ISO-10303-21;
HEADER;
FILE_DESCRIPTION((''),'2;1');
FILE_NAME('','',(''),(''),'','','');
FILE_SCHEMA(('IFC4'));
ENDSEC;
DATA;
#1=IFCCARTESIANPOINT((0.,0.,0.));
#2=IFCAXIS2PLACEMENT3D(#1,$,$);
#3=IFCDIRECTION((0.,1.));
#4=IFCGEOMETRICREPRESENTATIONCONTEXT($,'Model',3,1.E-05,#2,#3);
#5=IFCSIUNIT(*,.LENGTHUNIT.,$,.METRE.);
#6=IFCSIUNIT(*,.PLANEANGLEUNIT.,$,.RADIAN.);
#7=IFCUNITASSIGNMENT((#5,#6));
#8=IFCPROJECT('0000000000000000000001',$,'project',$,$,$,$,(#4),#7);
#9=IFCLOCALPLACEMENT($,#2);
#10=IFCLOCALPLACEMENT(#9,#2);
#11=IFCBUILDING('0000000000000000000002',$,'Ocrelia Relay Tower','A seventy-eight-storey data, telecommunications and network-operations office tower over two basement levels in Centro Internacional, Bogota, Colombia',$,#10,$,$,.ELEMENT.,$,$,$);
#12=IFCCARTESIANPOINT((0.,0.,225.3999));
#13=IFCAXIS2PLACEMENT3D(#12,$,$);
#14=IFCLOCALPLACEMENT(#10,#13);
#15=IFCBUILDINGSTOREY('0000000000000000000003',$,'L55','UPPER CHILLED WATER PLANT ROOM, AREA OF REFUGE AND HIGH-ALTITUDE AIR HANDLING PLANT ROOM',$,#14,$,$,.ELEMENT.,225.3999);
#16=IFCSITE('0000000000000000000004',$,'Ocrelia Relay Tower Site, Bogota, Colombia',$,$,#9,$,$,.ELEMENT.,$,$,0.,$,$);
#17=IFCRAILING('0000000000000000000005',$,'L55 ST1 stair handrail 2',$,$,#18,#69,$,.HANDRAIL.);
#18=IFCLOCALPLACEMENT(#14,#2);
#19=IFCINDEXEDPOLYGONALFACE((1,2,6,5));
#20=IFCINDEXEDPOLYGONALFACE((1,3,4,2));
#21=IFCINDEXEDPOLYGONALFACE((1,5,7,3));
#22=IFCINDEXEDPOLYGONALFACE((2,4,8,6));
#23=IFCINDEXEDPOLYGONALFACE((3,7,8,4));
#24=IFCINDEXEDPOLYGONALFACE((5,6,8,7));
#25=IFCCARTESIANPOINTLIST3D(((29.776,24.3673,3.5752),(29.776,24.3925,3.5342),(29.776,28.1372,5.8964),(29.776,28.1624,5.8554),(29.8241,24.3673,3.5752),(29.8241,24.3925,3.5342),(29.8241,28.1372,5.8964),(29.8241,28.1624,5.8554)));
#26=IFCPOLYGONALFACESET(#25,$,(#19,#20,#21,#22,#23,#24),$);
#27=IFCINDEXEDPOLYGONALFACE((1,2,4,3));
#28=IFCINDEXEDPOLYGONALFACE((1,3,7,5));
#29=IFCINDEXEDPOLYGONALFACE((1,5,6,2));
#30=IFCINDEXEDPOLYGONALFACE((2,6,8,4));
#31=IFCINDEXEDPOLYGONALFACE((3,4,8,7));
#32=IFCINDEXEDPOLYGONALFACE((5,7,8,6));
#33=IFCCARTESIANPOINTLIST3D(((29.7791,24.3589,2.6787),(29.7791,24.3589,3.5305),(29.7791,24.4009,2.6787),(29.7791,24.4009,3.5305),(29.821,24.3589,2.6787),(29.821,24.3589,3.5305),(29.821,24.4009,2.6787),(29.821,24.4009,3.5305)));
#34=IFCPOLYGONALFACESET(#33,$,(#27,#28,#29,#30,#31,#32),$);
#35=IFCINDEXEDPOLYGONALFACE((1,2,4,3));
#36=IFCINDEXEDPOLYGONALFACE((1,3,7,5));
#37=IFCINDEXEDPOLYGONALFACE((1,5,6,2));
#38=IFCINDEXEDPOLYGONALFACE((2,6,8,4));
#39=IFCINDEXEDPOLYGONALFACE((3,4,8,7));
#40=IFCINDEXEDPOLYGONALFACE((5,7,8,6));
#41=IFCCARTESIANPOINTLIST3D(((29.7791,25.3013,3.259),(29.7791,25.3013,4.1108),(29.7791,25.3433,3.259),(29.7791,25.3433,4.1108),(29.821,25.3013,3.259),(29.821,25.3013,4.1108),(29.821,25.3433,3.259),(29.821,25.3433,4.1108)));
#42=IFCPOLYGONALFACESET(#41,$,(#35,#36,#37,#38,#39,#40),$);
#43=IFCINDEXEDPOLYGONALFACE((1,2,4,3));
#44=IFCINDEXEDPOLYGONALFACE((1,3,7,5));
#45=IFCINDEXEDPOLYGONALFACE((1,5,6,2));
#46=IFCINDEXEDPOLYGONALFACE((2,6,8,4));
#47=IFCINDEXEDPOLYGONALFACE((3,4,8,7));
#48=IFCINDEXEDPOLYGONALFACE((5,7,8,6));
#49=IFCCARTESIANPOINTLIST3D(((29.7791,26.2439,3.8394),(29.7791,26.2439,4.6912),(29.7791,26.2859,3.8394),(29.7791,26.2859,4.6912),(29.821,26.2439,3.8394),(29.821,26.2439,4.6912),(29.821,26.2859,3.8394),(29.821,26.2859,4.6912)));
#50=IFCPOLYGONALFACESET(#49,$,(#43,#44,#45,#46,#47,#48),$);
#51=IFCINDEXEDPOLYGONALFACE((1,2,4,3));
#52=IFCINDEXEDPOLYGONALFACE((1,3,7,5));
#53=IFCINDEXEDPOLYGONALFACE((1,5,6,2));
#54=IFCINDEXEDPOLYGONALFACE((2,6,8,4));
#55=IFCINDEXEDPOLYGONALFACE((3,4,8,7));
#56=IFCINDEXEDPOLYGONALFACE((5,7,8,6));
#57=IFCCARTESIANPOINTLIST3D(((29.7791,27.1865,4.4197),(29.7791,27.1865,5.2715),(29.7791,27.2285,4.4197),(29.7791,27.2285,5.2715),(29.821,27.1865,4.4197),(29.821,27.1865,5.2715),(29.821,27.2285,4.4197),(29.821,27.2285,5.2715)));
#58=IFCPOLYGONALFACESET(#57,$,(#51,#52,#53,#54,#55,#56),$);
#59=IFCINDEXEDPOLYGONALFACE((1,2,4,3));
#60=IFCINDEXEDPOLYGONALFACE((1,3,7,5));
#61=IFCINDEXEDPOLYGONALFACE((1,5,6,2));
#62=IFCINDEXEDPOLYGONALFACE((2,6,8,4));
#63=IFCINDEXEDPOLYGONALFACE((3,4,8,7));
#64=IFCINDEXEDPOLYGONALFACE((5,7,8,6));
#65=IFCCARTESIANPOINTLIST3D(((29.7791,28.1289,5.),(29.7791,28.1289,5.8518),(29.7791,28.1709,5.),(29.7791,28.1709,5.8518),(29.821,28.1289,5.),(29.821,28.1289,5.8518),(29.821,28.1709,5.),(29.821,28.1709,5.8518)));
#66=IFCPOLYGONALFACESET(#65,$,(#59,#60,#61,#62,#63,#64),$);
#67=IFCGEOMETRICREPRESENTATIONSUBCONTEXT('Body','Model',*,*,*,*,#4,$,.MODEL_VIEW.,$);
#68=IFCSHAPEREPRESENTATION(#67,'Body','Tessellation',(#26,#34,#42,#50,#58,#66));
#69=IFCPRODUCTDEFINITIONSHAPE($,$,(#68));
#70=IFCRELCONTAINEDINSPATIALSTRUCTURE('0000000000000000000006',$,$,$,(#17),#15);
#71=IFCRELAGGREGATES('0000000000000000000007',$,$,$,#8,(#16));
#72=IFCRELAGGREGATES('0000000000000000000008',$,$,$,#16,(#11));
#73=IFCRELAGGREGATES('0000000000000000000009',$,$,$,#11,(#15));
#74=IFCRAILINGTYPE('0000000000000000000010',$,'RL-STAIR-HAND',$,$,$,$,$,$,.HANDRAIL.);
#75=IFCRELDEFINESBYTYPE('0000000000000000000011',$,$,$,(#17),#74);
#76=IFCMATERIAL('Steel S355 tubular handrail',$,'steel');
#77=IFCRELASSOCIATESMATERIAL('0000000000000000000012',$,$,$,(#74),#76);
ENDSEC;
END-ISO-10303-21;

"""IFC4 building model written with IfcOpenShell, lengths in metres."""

from ifc_helpers import new_model, si_unit, direction, frame, origin, origin_2d, place, context, subcontext, project, spatial, rectangle, extrude, material, type_object, element, save


model = new_model("IFC4")

# Units and contexts
model_context = context("Model", 3, precision=1e-05, world=origin(), true_north=direction((0.0, 1.0)))
body_context = subcontext(model_context, "Body", "Model", "MODEL_VIEW")
ifc_project = project(units=[si_unit("LENGTHUNIT", "METRE"), si_unit("PLANEANGLEUNIT", "RADIAN")], contexts=[model_context])

# Site, building, storey
site_placement = place(None, origin())
site = spatial("IfcSite", under=ifc_project, at=site_placement, Name="Ocrelia Relay Tower Site, Bogota, Colombia", CompositionType="ELEMENT", RefElevation=0.0)
building_placement = place(site_placement, origin())
building = spatial("IfcBuilding", under=site, at=building_placement, Name="Ocrelia Relay Tower", Description="A seventy-eight-storey data, telecommunications and network-operations office tower over two basement levels in Centro Internacional, Bogota, Colombia", CompositionType="ELEMENT")
storey_placement = place(building_placement, frame((0.0, 0.0, 225.3999)))
storey = spatial("IfcBuildingStorey", under=building, at=storey_placement, Name="L55", Description="UPPER CHILLED WATER PLANT ROOM, AREA OF REFUGE AND HIGH-ALTITUDE AIR HANDLING PLANT ROOM", CompositionType="ELEMENT", Elevation=225.3999)

# Railing
ifc_material_1 = material(Name="Steel S355 tubular handrail", Category="steel")
railing_type_1 = type_object("IfcRailingType", Name="RL-STAIR-HAND", PredefinedType="HANDRAIL", material=ifc_material_1)
railing_1_placement = place(storey_placement, frame((29.8, 24.3799, 2.6787)))
element("IfcRailing", 1, at=railing_1_placement, inside=storey, type_object=railing_type_1, Name="L55 ST1 stair handrail 2", PredefinedType="HANDRAIL", context=body_context, shape_type="SweptSolid", body=[
    extrude(rectangle(XDim=0.0481, YDim=0.0481, at=origin_2d()), frame((0.0, 0.0, 0.876), z_axis=(0.0, 0.85153, 0.524307), x_axis=(-1.0, 0.0, 0.0)), (0.0, 0.0, 1.0), 4.4272),
    extrude(rectangle(XDim=0.042, YDim=0.042, at=origin_2d()), origin(), (0.0, 0.0, 1.0), 0.8518),
    extrude(rectangle(XDim=0.042, YDim=0.042, at=origin_2d()), frame((0.0, 0.9424, 0.5803)), (0.0, 0.0, 1.0), 0.8518),
    extrude(rectangle(XDim=0.042, YDim=0.042, at=origin_2d()), frame((0.0, 1.885, 1.1606)), (0.0, 0.0, 1.0), 0.8518),
    extrude(rectangle(XDim=0.042, YDim=0.042, at=origin_2d()), frame((0.0, 2.8276, 1.741)), (0.0, 0.0, 1.0), 0.8518),
    extrude(rectangle(XDim=0.042, YDim=0.042, at=origin_2d()), frame((0.0, 3.77, 2.3213)), (0.0, 0.0, 1.0), 0.8518),
])

save(model, "model.ifc")
